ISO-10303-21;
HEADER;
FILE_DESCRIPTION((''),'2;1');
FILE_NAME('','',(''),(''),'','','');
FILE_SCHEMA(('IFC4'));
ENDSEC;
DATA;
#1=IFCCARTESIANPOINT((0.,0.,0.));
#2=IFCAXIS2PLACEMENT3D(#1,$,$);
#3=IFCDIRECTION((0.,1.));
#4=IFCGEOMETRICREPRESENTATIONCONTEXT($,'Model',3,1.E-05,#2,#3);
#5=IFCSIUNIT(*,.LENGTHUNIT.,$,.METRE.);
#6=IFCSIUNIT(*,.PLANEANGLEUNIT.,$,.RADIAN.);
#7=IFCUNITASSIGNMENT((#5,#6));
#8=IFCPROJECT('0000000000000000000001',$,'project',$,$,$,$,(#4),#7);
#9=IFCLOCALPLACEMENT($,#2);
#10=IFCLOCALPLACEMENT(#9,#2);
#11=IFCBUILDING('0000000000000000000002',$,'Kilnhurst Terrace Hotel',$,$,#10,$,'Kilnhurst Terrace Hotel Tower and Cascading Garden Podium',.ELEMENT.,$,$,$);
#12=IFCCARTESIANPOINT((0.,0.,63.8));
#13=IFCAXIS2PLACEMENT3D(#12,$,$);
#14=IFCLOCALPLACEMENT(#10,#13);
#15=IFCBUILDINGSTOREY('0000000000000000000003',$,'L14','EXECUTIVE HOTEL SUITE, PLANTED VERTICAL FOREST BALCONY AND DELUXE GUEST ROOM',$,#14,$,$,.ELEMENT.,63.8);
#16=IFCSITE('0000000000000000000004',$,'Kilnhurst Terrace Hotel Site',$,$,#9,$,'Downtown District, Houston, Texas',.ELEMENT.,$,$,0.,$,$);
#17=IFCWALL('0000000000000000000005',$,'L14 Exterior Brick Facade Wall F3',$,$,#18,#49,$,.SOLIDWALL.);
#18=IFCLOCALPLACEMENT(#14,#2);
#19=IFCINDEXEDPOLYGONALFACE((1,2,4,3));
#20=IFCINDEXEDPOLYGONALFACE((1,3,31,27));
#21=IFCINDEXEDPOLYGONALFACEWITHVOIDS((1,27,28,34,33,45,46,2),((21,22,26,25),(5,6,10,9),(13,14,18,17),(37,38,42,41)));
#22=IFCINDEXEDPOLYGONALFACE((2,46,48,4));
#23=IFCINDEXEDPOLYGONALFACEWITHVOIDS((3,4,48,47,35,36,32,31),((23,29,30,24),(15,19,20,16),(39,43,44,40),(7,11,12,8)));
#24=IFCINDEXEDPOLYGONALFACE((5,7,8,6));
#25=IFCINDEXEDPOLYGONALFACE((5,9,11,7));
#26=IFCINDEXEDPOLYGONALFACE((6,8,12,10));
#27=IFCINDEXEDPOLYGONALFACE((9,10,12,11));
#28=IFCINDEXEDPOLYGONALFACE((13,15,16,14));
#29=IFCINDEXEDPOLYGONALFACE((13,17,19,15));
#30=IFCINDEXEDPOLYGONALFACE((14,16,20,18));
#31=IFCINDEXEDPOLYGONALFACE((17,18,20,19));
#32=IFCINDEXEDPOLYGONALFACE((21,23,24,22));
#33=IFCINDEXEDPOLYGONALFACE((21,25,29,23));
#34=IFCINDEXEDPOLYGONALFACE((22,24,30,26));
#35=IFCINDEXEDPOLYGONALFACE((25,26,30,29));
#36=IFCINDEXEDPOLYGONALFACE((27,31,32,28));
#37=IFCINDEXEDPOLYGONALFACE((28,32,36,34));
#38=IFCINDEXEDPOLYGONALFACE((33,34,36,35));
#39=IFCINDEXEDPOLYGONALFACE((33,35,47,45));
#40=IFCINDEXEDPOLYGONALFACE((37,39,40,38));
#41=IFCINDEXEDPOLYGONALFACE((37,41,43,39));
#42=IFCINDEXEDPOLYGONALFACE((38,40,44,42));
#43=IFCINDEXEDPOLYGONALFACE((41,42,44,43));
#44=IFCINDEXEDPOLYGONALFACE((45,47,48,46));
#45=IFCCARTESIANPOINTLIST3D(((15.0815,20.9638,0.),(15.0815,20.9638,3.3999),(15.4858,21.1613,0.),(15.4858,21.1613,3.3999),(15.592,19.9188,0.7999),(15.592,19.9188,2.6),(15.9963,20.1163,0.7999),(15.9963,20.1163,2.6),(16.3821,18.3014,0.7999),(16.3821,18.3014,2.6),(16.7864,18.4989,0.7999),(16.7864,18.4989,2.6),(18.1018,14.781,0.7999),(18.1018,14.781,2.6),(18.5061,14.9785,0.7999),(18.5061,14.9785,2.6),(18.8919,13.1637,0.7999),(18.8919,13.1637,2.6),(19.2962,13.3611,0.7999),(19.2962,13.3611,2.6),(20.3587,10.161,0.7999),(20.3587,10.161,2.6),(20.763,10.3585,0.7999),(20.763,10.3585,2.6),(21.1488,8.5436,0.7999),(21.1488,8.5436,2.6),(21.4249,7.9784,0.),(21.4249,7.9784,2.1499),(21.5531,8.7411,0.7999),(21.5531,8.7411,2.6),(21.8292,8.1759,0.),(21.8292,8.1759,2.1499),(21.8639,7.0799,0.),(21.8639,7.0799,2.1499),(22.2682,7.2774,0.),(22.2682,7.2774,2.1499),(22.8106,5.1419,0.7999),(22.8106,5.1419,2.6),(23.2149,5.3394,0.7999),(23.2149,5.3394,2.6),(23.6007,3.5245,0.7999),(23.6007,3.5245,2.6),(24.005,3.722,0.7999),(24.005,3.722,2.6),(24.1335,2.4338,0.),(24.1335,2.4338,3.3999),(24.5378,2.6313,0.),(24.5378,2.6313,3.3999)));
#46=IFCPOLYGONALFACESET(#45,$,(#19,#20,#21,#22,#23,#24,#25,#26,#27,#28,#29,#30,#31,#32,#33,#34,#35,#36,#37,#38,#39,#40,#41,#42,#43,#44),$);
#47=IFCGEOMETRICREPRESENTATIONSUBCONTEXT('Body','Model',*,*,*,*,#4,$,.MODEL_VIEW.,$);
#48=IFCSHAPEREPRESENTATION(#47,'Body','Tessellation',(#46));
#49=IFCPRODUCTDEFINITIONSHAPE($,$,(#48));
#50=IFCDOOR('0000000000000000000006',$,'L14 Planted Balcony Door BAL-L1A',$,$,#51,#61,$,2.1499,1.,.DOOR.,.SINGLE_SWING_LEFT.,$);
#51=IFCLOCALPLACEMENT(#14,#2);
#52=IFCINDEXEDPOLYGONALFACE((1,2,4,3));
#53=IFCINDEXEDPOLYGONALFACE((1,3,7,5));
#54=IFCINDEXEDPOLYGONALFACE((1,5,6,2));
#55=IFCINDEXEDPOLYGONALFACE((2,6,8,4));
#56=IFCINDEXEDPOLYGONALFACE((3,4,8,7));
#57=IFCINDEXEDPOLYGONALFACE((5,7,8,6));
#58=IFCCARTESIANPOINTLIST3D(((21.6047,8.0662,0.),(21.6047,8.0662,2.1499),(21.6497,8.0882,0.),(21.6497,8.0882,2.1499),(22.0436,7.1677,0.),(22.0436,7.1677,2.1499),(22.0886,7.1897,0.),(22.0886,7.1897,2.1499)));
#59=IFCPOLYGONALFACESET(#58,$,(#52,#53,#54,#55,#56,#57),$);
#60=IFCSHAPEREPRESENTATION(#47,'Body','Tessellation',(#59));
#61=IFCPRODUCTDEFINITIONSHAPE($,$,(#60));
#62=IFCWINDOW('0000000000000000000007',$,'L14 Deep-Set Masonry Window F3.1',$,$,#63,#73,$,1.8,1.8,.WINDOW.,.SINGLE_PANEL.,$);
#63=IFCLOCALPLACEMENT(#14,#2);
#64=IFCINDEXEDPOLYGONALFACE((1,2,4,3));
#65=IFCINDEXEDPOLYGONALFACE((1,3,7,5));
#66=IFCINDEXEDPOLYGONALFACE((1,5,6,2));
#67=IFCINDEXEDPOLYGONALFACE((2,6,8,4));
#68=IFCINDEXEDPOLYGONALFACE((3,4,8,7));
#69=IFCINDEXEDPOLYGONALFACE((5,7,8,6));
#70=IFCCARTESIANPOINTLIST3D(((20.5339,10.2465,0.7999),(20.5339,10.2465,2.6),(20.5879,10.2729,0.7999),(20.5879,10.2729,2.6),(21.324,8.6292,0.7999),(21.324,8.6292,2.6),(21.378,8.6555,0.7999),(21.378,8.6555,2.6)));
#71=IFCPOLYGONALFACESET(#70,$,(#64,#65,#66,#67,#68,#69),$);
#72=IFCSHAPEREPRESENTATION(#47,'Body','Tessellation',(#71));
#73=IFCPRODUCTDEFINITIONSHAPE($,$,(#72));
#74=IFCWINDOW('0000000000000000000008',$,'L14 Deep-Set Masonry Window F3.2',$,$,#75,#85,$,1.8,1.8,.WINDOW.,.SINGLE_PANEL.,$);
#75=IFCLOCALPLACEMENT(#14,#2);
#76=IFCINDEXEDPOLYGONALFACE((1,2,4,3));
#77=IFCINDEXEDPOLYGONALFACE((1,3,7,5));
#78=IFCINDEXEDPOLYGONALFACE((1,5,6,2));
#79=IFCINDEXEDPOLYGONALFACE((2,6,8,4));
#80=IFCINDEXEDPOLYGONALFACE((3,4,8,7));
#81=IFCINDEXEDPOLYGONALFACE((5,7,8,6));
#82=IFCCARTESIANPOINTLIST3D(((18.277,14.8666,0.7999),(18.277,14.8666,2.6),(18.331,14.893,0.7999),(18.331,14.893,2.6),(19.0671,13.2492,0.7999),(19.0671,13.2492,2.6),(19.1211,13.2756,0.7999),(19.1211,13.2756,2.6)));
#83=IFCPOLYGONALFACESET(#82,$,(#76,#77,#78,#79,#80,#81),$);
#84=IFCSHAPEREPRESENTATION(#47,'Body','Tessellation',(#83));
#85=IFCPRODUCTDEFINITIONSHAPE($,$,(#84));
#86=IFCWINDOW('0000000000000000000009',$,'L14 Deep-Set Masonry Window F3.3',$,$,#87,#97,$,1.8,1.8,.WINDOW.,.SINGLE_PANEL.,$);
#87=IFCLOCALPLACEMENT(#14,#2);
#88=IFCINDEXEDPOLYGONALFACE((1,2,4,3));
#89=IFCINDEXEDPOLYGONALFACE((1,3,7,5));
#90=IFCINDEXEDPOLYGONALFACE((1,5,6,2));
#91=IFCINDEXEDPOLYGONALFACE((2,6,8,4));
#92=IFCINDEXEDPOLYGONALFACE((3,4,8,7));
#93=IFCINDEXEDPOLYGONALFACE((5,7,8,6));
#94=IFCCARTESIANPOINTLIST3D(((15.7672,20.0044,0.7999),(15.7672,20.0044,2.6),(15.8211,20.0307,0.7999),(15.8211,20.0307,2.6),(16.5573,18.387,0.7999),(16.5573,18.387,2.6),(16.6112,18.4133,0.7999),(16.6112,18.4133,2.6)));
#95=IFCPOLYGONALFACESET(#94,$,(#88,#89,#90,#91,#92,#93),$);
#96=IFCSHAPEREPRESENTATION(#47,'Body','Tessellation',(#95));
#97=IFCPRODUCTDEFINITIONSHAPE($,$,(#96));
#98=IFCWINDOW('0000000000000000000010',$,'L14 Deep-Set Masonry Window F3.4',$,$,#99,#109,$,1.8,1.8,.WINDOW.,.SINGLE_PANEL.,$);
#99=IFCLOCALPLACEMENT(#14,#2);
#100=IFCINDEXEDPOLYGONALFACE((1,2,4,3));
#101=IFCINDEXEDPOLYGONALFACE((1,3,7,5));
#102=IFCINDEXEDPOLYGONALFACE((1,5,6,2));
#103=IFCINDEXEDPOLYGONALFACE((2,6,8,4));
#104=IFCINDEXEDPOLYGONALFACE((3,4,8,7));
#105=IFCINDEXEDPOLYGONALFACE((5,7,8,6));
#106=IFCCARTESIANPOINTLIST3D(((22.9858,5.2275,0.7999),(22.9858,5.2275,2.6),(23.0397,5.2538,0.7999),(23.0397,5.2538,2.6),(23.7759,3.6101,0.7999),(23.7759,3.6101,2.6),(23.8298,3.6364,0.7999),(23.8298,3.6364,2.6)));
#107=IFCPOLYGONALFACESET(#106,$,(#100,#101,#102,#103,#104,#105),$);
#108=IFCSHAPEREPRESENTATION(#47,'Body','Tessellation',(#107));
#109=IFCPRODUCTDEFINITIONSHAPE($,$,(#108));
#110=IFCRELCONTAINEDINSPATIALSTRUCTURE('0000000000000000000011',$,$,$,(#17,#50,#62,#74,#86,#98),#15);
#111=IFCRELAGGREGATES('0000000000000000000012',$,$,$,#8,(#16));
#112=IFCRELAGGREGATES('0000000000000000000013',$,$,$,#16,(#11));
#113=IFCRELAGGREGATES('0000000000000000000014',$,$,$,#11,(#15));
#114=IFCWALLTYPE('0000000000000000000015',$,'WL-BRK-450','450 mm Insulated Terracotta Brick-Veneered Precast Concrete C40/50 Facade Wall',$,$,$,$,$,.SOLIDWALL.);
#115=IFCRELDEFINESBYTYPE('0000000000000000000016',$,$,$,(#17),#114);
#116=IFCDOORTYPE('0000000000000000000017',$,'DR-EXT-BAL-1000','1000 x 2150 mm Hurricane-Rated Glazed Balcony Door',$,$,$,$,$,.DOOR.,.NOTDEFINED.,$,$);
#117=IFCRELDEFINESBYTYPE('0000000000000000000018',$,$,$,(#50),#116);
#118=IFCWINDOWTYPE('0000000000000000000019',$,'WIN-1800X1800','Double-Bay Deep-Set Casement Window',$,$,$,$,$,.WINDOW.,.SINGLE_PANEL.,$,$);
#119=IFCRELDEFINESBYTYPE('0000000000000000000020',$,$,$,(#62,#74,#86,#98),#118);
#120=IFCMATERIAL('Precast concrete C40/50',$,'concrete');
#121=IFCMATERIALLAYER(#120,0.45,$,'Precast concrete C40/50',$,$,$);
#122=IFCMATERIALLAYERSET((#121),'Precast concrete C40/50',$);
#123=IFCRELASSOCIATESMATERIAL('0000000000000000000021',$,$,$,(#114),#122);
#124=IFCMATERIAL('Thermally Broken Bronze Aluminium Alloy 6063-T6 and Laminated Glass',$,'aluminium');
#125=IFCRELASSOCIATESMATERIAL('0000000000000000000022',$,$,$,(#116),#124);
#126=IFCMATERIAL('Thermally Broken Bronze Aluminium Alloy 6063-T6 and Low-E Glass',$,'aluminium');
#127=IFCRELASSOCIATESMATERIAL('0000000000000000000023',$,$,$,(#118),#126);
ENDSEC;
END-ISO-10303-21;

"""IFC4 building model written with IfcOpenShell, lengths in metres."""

from ifc_helpers import new_model, si_unit, direction, frame, frame_2d, origin, place, context, subcontext, project, spatial, rectangle, extrude, material, layer, layer_set, type_object, element, fill, save


model = new_model("IFC4")

# Units and contexts
model_context = context("Model", 3, precision=1e-05, world=origin(), true_north=direction((0.0, 1.0)))
body_context = subcontext(model_context, "Body", "Model", "MODEL_VIEW")
ifc_project = project(units=[si_unit("LENGTHUNIT", "METRE"), si_unit("PLANEANGLEUNIT", "RADIAN")], contexts=[model_context])

# Site, building, storey
site_placement = place(None, origin())
site = spatial("IfcSite", under=ifc_project, at=site_placement, Name="Kilnhurst Terrace Hotel Site", LongName="Downtown District, Houston, Texas", CompositionType="ELEMENT", RefElevation=0.0)
building_placement = place(site_placement, origin())
building = spatial("IfcBuilding", under=site, at=building_placement, Name="Kilnhurst Terrace Hotel", LongName="Kilnhurst Terrace Hotel Tower and Cascading Garden Podium", CompositionType="ELEMENT")
storey_placement = place(building_placement, frame((0.0, 0.0, 63.8)))
storey = spatial("IfcBuildingStorey", under=building, at=storey_placement, Name="L14", Description="EXECUTIVE HOTEL SUITE, PLANTED VERTICAL FOREST BALCONY AND DELUXE GUEST ROOM", CompositionType="ELEMENT", Elevation=63.8)

# Shared definitions
ifc_material_1 = material(Name="Precast concrete C40/50", Category="concrete")
ifc_layer_1 = layer(ifc_material_1, 0.45, Name="Precast concrete C40/50")
ifc_layer_set_1 = layer_set([ifc_layer_1], Name="Precast concrete C40/50")
wall_type_1 = type_object("IfcWallType", Name="WL-BRK-450", Description="450 mm Insulated Terracotta Brick-Veneered Precast Concrete C40/50 Facade Wall", PredefinedType="SOLIDWALL", material=ifc_layer_set_1)

# Wall, openings, door, windows
wall_1_placement = place(storey_placement, frame((24.3357, 2.5325, 0.0), z_axis=(0.0, 0.0, 1.0), x_axis=(-0.438931, 0.898521, 0.0)))
wall_1 = element("IfcWall", 1, at=wall_1_placement, inside=storey, type_object=wall_type_1, Name="L14 Exterior Brick Facade Wall F3", PredefinedType="SOLIDWALL", context=body_context, shape_type="SweptSolid", body=[
    extrude(rectangle(XDim=20.6228, YDim=0.45, at=frame_2d((10.3115, 0.0))), origin(), (0.0, 0.0, 1.0), 3.3999),
])
opening_1_placement = place(wall_1_placement, frame((5.1709, 0.0, 0.0)))
opening_1 = element("IfcOpeningElement", 2, at=opening_1_placement, cuts=wall_1, PredefinedType="OPENING", context=body_context, shape_type="SweptSolid", body=[
    extrude(rectangle(XDim=1.0, YDim=2.1499, at=frame_2d((0.5, 1.075))), frame((0.0, 0.2349, 0.0), z_axis=(0.0, -1.0, 0.0), x_axis=(1.0, 0.0, 0.0)), (0.0, 0.0, 1.0), 0.47),
])
opening_2_placement = place(wall_1_placement, frame((6.8, 0.0, 0.8)))
opening_2 = element("IfcOpeningElement", 3, at=opening_2_placement, cuts=wall_1, PredefinedType="OPENING", context=body_context, shape_type="SweptSolid", body=[
    extrude(rectangle(XDim=1.8, YDim=1.8, at=frame_2d((0.8999, 0.8999))), frame((0.0, 0.2349, 0.0), z_axis=(0.0, -1.0, 0.0), x_axis=(1.0, 0.0, 0.0)), (0.0, 0.0, 1.0), 0.47),
])
opening_3_placement = place(wall_1_placement, frame((11.9419, 0.0, 0.8)))
opening_3 = element("IfcOpeningElement", 4, at=opening_3_placement, cuts=wall_1, PredefinedType="OPENING", context=body_context, shape_type="SweptSolid", body=[
    extrude(rectangle(XDim=1.8, YDim=1.8, at=frame_2d((0.8999, 0.8999))), frame((0.0, 0.2349, 0.0), z_axis=(0.0, -1.0, 0.0), x_axis=(1.0, 0.0, 0.0)), (0.0, 0.0, 1.0), 0.47),
])
opening_4_placement = place(wall_1_placement, frame((17.6599, 0.0, 0.8)))
opening_4 = element("IfcOpeningElement", 5, at=opening_4_placement, cuts=wall_1, PredefinedType="OPENING", context=body_context, shape_type="SweptSolid", body=[
    extrude(rectangle(XDim=1.8, YDim=1.8, at=frame_2d((0.8999, 0.8999))), frame((0.0, 0.2349, 0.0), z_axis=(0.0, -1.0, 0.0), x_axis=(1.0, 0.0, 0.0)), (0.0, 0.0, 1.0), 0.47),
])
opening_5_placement = place(wall_1_placement, frame((1.2141, 0.0, 0.8)))
opening_5 = element("IfcOpeningElement", 6, at=opening_5_placement, cuts=wall_1, PredefinedType="OPENING", context=body_context, shape_type="SweptSolid", body=[
    extrude(rectangle(XDim=1.8, YDim=1.8, at=frame_2d((0.8999, 0.8999))), frame((0.0, 0.2349, 0.0), z_axis=(0.0, -1.0, 0.0), x_axis=(1.0, 0.0, 0.0)), (0.0, 0.0, 1.0), 0.47),
])
ifc_material_2 = material(Name="Thermally Broken Bronze Aluminium Alloy 6063-T6 and Laminated Glass", Category="aluminium")
door_type_1 = type_object("IfcDoorType", Name="DR-EXT-BAL-1000", Description="1000 x 2150 mm Hurricane-Rated Glazed Balcony Door", OperationType="NOTDEFINED", PredefinedType="DOOR", material=ifc_material_2)
door_1_placement = place(opening_1_placement, origin())
door_1 = element("IfcDoor", 7, at=door_1_placement, inside=storey, type_object=door_type_1, Name="L14 Planted Balcony Door BAL-L1A", OperationType="SINGLE_SWING_LEFT", OverallHeight=2.1499, OverallWidth=1.0, PredefinedType="DOOR", context=body_context, shape_type="SweptSolid", body=[
    extrude(rectangle(XDim=1.0, YDim=2.1499, at=frame_2d((0.5, 1.075))), frame((0.0, 0.0249, 0.0), z_axis=(0.0, -1.0, 0.0), x_axis=(1.0, 0.0, 0.0)), (0.0, 0.0, 1.0), 0.05),
])
fill(opening_1, door_1)
ifc_material_3 = material(Name="Thermally Broken Bronze Aluminium Alloy 6063-T6 and Low-E Glass", Category="aluminium")
window_type = type_object("IfcWindowType", Name="WIN-1800X1800", Description="Double-Bay Deep-Set Casement Window", PartitioningType="SINGLE_PANEL", PredefinedType="WINDOW", material=ifc_material_3)
window_1_placement = place(opening_2_placement, origin())
window_1 = element("IfcWindow", 8, at=window_1_placement, inside=storey, type_object=window_type, Name="L14 Deep-Set Masonry Window F3.1", OverallHeight=1.8, OverallWidth=1.8, PartitioningType="SINGLE_PANEL", PredefinedType="WINDOW", context=body_context, shape_type="SweptSolid", body=[
    extrude(rectangle(XDim=1.8, YDim=1.8, at=frame_2d((0.8999, 0.8999))), frame((0.0, 0.03, 0.0), z_axis=(0.0, -1.0, 0.0), x_axis=(1.0, 0.0, 0.0)), (0.0, 0.0, 1.0), 0.0601),
])
fill(opening_2, window_1)
window_2_placement = place(opening_3_placement, origin())
window_2 = element("IfcWindow", 9, at=window_2_placement, inside=storey, type_object=window_type, Name="L14 Deep-Set Masonry Window F3.2", OverallHeight=1.8, OverallWidth=1.8, PartitioningType="SINGLE_PANEL", PredefinedType="WINDOW", context=body_context, shape_type="SweptSolid", body=[
    extrude(rectangle(XDim=1.8, YDim=1.8, at=frame_2d((0.8999, 0.8999))), frame((0.0, 0.03, 0.0), z_axis=(0.0, -1.0, 0.0), x_axis=(1.0, 0.0, 0.0)), (0.0, 0.0, 1.0), 0.0601),
])
fill(opening_3, window_2)
window_3_placement = place(opening_4_placement, origin())
window_3 = element("IfcWindow", 10, at=window_3_placement, inside=storey, type_object=window_type, Name="L14 Deep-Set Masonry Window F3.3", OverallHeight=1.8, OverallWidth=1.8, PartitioningType="SINGLE_PANEL", PredefinedType="WINDOW", context=body_context, shape_type="SweptSolid", body=[
    extrude(rectangle(XDim=1.8, YDim=1.8, at=frame_2d((0.8999, 0.8999))), frame((0.0, 0.03, 0.0), z_axis=(0.0, -1.0, 0.0), x_axis=(1.0, 0.0, 0.0)), (0.0, 0.0, 1.0), 0.0601),
])
fill(opening_4, window_3)
window_4_placement = place(opening_5_placement, origin())
window_4 = element("IfcWindow", 11, at=window_4_placement, inside=storey, type_object=window_type, Name="L14 Deep-Set Masonry Window F3.4", OverallHeight=1.8, OverallWidth=1.8, PartitioningType="SINGLE_PANEL", PredefinedType="WINDOW", context=body_context, shape_type="SweptSolid", body=[
    extrude(rectangle(XDim=1.8, YDim=1.8, at=frame_2d((0.8999, 0.8999))), frame((0.0, 0.03, 0.0), z_axis=(0.0, -1.0, 0.0), x_axis=(1.0, 0.0, 0.0)), (0.0, 0.0, 1.0), 0.0601),
])
fill(opening_5, window_4)

save(model, "model.ifc")
